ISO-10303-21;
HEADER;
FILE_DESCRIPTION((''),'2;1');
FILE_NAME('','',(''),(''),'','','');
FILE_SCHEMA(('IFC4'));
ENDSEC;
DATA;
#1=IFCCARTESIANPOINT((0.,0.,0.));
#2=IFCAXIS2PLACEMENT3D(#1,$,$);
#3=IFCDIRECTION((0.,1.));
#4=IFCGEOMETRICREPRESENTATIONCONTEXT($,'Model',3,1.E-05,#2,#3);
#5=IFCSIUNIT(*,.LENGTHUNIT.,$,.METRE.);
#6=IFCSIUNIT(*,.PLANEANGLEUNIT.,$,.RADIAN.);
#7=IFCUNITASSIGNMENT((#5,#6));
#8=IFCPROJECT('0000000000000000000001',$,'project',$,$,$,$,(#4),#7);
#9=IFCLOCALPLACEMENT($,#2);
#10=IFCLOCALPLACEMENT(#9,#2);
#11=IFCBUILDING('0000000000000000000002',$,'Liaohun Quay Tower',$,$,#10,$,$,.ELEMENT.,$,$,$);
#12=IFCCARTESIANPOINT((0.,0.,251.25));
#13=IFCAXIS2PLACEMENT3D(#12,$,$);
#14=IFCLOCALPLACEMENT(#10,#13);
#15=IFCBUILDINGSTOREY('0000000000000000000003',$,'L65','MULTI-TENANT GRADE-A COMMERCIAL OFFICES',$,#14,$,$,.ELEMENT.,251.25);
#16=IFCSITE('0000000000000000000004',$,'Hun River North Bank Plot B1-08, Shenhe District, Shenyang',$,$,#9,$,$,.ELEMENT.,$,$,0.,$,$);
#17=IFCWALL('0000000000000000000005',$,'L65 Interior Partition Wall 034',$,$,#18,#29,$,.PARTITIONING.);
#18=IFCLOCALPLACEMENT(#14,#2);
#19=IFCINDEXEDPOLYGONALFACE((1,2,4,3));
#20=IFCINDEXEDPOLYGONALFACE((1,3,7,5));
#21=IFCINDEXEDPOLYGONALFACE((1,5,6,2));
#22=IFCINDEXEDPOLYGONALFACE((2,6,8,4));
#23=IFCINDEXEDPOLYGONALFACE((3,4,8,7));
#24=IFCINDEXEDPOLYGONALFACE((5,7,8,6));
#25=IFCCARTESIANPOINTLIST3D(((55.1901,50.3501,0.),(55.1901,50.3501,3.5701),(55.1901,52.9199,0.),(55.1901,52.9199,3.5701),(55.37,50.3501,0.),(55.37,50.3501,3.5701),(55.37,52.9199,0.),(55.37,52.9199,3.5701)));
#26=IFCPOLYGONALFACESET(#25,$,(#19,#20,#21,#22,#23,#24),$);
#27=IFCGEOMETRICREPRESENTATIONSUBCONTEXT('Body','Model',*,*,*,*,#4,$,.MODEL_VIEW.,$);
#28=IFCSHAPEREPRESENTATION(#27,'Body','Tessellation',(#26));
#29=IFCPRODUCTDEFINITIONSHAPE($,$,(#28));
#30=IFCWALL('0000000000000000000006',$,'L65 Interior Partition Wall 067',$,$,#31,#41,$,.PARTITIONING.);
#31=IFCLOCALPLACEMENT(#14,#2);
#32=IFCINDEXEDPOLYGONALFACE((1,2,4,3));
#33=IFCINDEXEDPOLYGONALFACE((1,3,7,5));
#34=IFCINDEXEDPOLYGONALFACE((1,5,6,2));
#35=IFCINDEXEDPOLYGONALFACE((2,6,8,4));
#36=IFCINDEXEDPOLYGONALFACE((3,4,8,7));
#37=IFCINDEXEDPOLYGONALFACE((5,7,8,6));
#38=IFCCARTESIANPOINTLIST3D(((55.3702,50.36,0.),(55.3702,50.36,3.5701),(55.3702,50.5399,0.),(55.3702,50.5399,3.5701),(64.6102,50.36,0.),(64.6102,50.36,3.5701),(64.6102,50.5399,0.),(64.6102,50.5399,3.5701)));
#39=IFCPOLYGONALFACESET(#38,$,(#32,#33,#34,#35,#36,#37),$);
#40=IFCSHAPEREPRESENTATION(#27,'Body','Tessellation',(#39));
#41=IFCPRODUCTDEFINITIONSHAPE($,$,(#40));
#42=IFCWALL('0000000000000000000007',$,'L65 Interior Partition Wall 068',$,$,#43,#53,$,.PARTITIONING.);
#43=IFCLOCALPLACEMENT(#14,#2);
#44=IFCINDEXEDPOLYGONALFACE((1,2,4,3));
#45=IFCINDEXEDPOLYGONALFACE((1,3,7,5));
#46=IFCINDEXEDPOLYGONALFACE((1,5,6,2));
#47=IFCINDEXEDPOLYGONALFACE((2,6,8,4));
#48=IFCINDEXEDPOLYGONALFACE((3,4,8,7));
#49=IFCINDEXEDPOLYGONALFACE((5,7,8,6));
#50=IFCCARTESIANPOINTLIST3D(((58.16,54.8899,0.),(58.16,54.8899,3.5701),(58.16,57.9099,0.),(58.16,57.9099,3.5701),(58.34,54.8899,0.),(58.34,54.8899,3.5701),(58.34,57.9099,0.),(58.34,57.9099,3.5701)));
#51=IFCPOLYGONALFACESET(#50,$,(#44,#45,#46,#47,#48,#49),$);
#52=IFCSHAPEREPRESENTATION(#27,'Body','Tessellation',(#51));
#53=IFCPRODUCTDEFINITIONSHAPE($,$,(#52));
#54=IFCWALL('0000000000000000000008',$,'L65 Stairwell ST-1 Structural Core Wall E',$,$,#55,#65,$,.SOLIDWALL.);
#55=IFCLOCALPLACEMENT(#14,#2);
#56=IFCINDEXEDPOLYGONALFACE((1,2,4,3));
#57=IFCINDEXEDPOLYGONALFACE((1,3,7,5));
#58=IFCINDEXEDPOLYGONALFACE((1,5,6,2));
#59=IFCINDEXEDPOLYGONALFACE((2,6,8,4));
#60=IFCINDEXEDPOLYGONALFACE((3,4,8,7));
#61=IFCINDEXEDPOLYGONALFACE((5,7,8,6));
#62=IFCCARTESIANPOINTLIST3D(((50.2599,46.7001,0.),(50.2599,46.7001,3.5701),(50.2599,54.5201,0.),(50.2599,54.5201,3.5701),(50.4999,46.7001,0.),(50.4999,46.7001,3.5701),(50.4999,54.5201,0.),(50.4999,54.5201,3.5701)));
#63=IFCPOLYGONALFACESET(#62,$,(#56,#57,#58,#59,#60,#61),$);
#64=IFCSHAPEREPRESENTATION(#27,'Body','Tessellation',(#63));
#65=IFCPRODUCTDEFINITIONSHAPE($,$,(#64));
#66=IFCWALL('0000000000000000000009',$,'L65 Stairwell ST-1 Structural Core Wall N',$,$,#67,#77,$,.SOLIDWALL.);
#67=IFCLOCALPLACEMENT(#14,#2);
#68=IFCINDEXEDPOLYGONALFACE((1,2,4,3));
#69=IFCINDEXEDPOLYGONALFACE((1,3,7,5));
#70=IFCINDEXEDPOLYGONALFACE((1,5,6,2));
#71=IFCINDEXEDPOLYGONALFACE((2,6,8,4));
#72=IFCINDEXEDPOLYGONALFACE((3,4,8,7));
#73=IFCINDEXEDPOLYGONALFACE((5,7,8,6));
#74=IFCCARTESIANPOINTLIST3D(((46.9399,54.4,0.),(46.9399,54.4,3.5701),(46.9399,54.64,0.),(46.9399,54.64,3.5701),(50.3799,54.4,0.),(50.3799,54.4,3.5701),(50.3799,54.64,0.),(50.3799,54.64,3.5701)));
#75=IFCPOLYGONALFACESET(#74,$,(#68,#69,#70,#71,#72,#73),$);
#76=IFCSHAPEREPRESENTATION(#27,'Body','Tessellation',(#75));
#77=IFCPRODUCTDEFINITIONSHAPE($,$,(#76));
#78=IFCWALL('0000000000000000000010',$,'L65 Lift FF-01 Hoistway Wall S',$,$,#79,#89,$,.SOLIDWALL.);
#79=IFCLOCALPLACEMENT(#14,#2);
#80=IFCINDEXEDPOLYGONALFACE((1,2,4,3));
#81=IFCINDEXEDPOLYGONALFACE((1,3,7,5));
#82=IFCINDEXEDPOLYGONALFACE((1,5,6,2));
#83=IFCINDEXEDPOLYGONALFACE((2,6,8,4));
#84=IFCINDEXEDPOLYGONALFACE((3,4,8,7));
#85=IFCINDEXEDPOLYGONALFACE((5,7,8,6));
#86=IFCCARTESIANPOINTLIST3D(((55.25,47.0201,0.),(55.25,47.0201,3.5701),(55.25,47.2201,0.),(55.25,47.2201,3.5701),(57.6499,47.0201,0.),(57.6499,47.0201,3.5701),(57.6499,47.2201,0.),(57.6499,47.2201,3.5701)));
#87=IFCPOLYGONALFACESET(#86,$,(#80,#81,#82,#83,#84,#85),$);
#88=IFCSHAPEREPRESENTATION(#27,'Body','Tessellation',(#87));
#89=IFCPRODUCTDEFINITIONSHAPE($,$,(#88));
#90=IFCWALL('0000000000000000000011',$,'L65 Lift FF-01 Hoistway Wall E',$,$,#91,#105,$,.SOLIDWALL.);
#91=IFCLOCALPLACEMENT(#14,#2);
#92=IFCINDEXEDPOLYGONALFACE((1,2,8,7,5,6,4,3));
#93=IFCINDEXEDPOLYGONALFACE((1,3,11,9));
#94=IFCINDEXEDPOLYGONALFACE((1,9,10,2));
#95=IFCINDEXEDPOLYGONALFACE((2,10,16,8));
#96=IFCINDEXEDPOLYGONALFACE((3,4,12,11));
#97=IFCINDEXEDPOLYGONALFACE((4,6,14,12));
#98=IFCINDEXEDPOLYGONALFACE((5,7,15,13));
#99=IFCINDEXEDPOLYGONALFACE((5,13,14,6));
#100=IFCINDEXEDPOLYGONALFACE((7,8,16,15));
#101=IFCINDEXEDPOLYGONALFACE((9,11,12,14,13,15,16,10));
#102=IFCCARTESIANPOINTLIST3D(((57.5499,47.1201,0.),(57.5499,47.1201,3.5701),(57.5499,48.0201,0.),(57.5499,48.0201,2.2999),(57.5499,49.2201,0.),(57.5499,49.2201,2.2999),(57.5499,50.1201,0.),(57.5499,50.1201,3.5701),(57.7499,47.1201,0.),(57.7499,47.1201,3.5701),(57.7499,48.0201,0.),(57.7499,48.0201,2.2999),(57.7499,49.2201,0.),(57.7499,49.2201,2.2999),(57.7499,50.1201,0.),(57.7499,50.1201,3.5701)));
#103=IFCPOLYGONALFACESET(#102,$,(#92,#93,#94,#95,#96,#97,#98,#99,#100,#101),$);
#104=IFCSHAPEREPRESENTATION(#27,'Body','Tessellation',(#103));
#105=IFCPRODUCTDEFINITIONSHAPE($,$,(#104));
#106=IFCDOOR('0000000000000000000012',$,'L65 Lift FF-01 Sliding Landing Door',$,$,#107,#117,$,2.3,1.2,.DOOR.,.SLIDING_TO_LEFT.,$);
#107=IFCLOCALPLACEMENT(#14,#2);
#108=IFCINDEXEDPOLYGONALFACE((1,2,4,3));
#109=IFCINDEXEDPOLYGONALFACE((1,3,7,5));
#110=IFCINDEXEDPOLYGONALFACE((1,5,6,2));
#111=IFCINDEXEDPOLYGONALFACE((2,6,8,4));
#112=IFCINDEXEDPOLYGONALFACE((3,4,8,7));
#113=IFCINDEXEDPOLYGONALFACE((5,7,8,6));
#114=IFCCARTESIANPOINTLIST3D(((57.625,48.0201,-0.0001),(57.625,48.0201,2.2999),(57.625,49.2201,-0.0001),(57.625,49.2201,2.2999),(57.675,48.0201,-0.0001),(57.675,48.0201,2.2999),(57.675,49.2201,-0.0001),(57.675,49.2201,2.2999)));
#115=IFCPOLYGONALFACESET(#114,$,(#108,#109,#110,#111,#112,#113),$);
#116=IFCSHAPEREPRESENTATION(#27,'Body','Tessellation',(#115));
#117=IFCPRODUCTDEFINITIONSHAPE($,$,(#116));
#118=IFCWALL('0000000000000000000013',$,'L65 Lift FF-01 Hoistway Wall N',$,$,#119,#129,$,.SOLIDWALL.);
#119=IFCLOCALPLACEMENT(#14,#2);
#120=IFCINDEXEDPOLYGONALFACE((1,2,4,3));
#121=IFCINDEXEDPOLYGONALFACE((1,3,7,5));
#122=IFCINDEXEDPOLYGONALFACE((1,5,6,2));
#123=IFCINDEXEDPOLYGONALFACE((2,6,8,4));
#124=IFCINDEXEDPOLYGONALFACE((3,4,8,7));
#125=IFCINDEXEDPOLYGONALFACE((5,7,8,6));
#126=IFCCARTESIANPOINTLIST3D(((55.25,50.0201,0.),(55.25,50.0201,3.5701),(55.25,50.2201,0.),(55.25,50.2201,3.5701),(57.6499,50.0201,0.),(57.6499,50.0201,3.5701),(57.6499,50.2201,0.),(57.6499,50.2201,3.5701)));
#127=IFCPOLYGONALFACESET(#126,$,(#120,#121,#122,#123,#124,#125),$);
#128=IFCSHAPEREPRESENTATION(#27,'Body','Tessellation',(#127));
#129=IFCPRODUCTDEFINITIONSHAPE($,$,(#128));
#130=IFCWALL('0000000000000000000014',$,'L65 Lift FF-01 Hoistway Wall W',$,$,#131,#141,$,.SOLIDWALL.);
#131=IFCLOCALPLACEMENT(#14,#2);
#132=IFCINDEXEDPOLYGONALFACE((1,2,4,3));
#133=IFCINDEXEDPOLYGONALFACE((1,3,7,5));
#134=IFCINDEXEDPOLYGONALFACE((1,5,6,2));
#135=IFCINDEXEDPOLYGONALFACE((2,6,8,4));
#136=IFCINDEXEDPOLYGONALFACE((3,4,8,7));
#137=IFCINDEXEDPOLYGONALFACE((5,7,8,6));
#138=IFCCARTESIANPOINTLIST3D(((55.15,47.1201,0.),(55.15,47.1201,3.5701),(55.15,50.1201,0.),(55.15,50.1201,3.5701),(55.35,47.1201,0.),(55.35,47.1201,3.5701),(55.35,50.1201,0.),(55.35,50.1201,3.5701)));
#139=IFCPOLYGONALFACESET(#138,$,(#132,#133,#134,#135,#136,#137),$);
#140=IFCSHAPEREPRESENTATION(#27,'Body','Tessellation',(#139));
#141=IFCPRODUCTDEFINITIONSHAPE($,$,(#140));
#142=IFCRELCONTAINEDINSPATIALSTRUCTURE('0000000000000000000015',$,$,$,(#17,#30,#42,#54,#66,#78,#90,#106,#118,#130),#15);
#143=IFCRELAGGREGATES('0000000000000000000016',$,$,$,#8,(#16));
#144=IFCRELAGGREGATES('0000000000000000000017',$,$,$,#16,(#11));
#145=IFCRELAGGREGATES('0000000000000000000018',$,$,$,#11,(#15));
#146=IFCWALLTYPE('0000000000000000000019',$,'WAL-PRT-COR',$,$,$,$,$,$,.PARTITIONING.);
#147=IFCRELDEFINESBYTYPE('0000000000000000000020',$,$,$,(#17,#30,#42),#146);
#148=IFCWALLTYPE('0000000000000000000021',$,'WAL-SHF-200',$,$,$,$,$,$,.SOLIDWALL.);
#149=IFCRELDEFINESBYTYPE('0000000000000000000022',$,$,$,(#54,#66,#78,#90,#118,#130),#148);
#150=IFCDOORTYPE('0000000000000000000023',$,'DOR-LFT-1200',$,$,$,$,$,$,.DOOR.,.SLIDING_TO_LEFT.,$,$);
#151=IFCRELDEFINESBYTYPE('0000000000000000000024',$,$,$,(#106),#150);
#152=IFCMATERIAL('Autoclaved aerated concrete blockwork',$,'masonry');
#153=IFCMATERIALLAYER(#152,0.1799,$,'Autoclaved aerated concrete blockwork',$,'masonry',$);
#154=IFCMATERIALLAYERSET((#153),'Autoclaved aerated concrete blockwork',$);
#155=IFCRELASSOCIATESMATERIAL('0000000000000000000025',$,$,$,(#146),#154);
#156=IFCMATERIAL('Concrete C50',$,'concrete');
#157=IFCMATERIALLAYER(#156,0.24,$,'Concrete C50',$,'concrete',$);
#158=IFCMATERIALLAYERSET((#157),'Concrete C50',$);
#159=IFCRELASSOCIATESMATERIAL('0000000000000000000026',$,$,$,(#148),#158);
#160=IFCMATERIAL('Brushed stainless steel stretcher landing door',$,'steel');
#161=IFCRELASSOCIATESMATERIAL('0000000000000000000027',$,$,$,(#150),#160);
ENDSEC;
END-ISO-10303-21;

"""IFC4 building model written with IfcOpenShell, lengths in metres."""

from ifc_helpers import new_model, si_unit, direction, frame, frame_2d, origin, place, context, subcontext, project, spatial, rectangle, extrude, source, transform, mapped, material, layer, layer_set, type_object, element, fill, save


model = new_model("IFC4")

# Units and contexts
model_context = context("Model", 3, precision=1e-05, world=origin(), true_north=direction((0.0, 1.0)))
body_context = subcontext(model_context, "Body", "Model", "MODEL_VIEW")
ifc_project = project(units=[si_unit("LENGTHUNIT", "METRE"), si_unit("PLANEANGLEUNIT", "RADIAN")], contexts=[model_context])

# Site, building, storey
site_placement = place(None, origin())
site = spatial("IfcSite", under=ifc_project, at=site_placement, Name="Hun River North Bank Plot B1-08, Shenhe District, Shenyang", CompositionType="ELEMENT", RefElevation=0.0)
building_placement = place(site_placement, origin())
building = spatial("IfcBuilding", under=site, at=building_placement, Name="Liaohun Quay Tower", CompositionType="ELEMENT")
storey_placement = place(building_placement, frame((0.0, 0.0, 251.25)))
storey = spatial("IfcBuildingStorey", under=building, at=storey_placement, Name="L65", Description="MULTI-TENANT GRADE-A COMMERCIAL OFFICES", CompositionType="ELEMENT", Elevation=251.25)

# Shared definitions
ifc_material_1 = material(Name="Autoclaved aerated concrete blockwork", Category="masonry")
ifc_layer_1 = layer(ifc_material_1, 0.1799, Name="Autoclaved aerated concrete blockwork", Category="masonry")
ifc_layer_set_1 = layer_set([ifc_layer_1], Name="Autoclaved aerated concrete blockwork")
wall_type_1 = type_object("IfcWallType", Name="WAL-PRT-COR", PredefinedType="PARTITIONING", material=ifc_layer_set_1)

# Walls
wall_1_placement = place(storey_placement, frame((55.28, 50.3501, 0.0), z_axis=(0.0, 0.0, 1.0), x_axis=(0.0, 1.0, 0.0)))
element("IfcWall", 1, at=wall_1_placement, inside=storey, type_object=wall_type_1, Name="L65 Interior Partition Wall 034", PredefinedType="PARTITIONING", context=body_context, shape_type="SweptSolid", body=[
    extrude(rectangle(XDim=2.5698, YDim=0.1799, at=frame_2d((1.2849, 0.0))), origin(), (0.0, 0.0, 1.0), 3.5701),
])
wall_2_placement = place(storey_placement, frame((55.3701, 50.45, 0.0), z_axis=(0.0, 0.0, 1.0), x_axis=(1.0, 0.0, 0.0)))
element("IfcWall", 2, at=wall_2_placement, inside=storey, type_object=wall_type_1, Name="L65 Interior Partition Wall 067", PredefinedType="PARTITIONING", context=body_context, shape_type="SweptSolid", body=[
    extrude(rectangle(XDim=9.24, YDim=0.1799, at=frame_2d((4.6201, 0.0))), origin(), (0.0, 0.0, 1.0), 3.5701),
])
wall_3_placement = place(storey_placement, frame((58.25, 54.8899, 0.0), z_axis=(0.0, 0.0, 1.0), x_axis=(0.0, 1.0, 0.0)))
element("IfcWall", 3, at=wall_3_placement, inside=storey, type_object=wall_type_1, Name="L65 Interior Partition Wall 068", PredefinedType="PARTITIONING", context=body_context, shape_type="SweptSolid", body=[
    extrude(rectangle(XDim=3.02, YDim=0.1799, at=frame_2d((1.51, 0.0))), origin(), (0.0, 0.0, 1.0), 3.5701),
])
ifc_material_2 = material(Name="Concrete C50", Category="concrete")
ifc_layer_2 = layer(ifc_material_2, 0.24, Name="Concrete C50", Category="concrete")
ifc_layer_set_2 = layer_set([ifc_layer_2], Name="Concrete C50")
wall_type_2 = type_object("IfcWallType", Name="WAL-SHF-200", PredefinedType="SOLIDWALL", material=ifc_layer_set_2)
wall_4_placement = place(storey_placement, frame((50.3799, 46.7, 0.0), z_axis=(0.0, 0.0, 1.0), x_axis=(0.0, 1.0, 0.0)))
element("IfcWall", 4, at=wall_4_placement, inside=storey, type_object=wall_type_2, Name="L65 Stairwell ST-1 Structural Core Wall E", PredefinedType="SOLIDWALL", context=body_context, shape_type="SweptSolid", body=[
    extrude(rectangle(XDim=7.8201, YDim=0.24, at=frame_2d((3.9102, 0.0))), origin(), (0.0, 0.0, 1.0), 3.5701),
])
wall_5_placement = place(storey_placement, frame((50.3799, 54.52, 0.0), z_axis=(0.0, 0.0, 1.0), x_axis=(-1.0, 0.0, 0.0)))
element("IfcWall", 5, at=wall_5_placement, inside=storey, type_object=wall_type_2, Name="L65 Stairwell ST-1 Structural Core Wall N", PredefinedType="SOLIDWALL", context=body_context, shape_type="SweptSolid", body=[
    extrude(rectangle(XDim=3.4399, YDim=0.24, at=frame_2d((1.72, 0.0))), origin(), (0.0, 0.0, 1.0), 3.5701),
])
wall_6_placement = place(storey_placement, frame((55.25, 47.1201, 0.0), z_axis=(0.0, 0.0, 1.0), x_axis=(1.0, 0.0, 0.0)))
element("IfcWall", 6, at=wall_6_placement, inside=storey, type_object=wall_type_2, Name="L65 Lift FF-01 Hoistway Wall S", PredefinedType="SOLIDWALL", context=body_context, shape_type="SweptSolid", body=[
    extrude(rectangle(XDim=2.3999, YDim=0.2, at=frame_2d((1.2, 0.0))), origin(), (0.0, 0.0, 1.0), 3.5701),
])

# Wall, opening, door
wall_7_placement = place(storey_placement, frame((57.6499, 47.1201, 0.0), z_axis=(0.0, 0.0, 1.0), x_axis=(0.0, 1.0, 0.0)))
wall_7 = element("IfcWall", 7, at=wall_7_placement, inside=storey, type_object=wall_type_2, Name="L65 Lift FF-01 Hoistway Wall E", PredefinedType="SOLIDWALL", context=body_context, shape_type="SweptSolid", body=[
    extrude(rectangle(XDim=3.0, YDim=0.2, at=frame_2d((1.5, 0.0))), origin(), (0.0, 0.0, 1.0), 3.5701),
])
shared_shape_1 = source(origin(), body_context, "Body", "SweptSolid", [
    extrude(rectangle(XDim=1.2, YDim=2.3, at=frame_2d((0.6001, 1.1499))), frame((0.0, 0.1099, 0.0), z_axis=(0.0, -1.0, 0.0), x_axis=(1.0, 0.0, 0.0)), (0.0, 0.0, 1.0), 0.22),
])
opening_1_placement = place(wall_7_placement, frame((0.8999, 0.0, 0.0)))
opening_1 = element("IfcOpeningElement", 8, at=opening_1_placement, cuts=wall_7, PredefinedType="OPENING", context=body_context, shape_type="MappedRepresentation", body=[
    mapped(shared_shape_1, transform((0.0, 0.0, 0.0), x_axis=(1.0, 0.0, 0.0), y_axis=(0.0, 1.0, 0.0), z_axis=(0.0, 0.0, 1.0), scale=1.0)),
])
ifc_material_3 = material(Name="Brushed stainless steel stretcher landing door", Category="steel")
door_type_1 = type_object("IfcDoorType", Name="DOR-LFT-1200", OperationType="SLIDING_TO_LEFT", PredefinedType="DOOR", material=ifc_material_3)
shared_shape_2 = source(origin(), body_context, "Body", "SweptSolid", [
    extrude(rectangle(XDim=1.2, YDim=2.3, at=frame_2d((0.6001, 1.1499))), frame((0.0, 0.0249, 0.0), z_axis=(0.0, -1.0, 0.0), x_axis=(1.0, 0.0, 0.0)), (0.0, 0.0, 1.0), 0.05),
])
door_1_placement = place(opening_1_placement, origin())
door_1 = element("IfcDoor", 9, at=door_1_placement, inside=storey, type_object=door_type_1, Name="L65 Lift FF-01 Sliding Landing Door", OperationType="SLIDING_TO_LEFT", OverallHeight=2.3, OverallWidth=1.2, PredefinedType="DOOR", context=body_context, shape_type="MappedRepresentation", body=[
    mapped(shared_shape_2, transform((0.0, 0.0, 0.0), x_axis=(1.0, 0.0, 0.0), y_axis=(0.0, 1.0, 0.0), z_axis=(0.0, 0.0, 1.0), scale=1.0)),
])
fill(opening_1, door_1)

# Walls
wall_8_placement = place(storey_placement, frame((57.6499, 50.1201, 0.0), z_axis=(0.0, 0.0, 1.0), x_axis=(-1.0, 0.0, 0.0)))
element("IfcWall", 10, at=wall_8_placement, inside=storey, type_object=wall_type_2, Name="L65 Lift FF-01 Hoistway Wall N", PredefinedType="SOLIDWALL", context=body_context, shape_type="SweptSolid", body=[
    extrude(rectangle(XDim=2.3999, YDim=0.2, at=frame_2d((1.2, 0.0))), origin(), (0.0, 0.0, 1.0), 3.5701),
])
wall_9_placement = place(storey_placement, frame((55.25, 50.1201, 0.0), z_axis=(0.0, 0.0, 1.0), x_axis=(0.0, -1.0, 0.0)))
element("IfcWall", 11, at=wall_9_placement, inside=storey, type_object=wall_type_2, Name="L65 Lift FF-01 Hoistway Wall W", PredefinedType="SOLIDWALL", context=body_context, shape_type="SweptSolid", body=[
    extrude(rectangle(XDim=3.0, YDim=0.2, at=frame_2d((1.5, 0.0))), origin(), (0.0, 0.0, 1.0), 3.5701),
])

save(model, "model.ifc")
